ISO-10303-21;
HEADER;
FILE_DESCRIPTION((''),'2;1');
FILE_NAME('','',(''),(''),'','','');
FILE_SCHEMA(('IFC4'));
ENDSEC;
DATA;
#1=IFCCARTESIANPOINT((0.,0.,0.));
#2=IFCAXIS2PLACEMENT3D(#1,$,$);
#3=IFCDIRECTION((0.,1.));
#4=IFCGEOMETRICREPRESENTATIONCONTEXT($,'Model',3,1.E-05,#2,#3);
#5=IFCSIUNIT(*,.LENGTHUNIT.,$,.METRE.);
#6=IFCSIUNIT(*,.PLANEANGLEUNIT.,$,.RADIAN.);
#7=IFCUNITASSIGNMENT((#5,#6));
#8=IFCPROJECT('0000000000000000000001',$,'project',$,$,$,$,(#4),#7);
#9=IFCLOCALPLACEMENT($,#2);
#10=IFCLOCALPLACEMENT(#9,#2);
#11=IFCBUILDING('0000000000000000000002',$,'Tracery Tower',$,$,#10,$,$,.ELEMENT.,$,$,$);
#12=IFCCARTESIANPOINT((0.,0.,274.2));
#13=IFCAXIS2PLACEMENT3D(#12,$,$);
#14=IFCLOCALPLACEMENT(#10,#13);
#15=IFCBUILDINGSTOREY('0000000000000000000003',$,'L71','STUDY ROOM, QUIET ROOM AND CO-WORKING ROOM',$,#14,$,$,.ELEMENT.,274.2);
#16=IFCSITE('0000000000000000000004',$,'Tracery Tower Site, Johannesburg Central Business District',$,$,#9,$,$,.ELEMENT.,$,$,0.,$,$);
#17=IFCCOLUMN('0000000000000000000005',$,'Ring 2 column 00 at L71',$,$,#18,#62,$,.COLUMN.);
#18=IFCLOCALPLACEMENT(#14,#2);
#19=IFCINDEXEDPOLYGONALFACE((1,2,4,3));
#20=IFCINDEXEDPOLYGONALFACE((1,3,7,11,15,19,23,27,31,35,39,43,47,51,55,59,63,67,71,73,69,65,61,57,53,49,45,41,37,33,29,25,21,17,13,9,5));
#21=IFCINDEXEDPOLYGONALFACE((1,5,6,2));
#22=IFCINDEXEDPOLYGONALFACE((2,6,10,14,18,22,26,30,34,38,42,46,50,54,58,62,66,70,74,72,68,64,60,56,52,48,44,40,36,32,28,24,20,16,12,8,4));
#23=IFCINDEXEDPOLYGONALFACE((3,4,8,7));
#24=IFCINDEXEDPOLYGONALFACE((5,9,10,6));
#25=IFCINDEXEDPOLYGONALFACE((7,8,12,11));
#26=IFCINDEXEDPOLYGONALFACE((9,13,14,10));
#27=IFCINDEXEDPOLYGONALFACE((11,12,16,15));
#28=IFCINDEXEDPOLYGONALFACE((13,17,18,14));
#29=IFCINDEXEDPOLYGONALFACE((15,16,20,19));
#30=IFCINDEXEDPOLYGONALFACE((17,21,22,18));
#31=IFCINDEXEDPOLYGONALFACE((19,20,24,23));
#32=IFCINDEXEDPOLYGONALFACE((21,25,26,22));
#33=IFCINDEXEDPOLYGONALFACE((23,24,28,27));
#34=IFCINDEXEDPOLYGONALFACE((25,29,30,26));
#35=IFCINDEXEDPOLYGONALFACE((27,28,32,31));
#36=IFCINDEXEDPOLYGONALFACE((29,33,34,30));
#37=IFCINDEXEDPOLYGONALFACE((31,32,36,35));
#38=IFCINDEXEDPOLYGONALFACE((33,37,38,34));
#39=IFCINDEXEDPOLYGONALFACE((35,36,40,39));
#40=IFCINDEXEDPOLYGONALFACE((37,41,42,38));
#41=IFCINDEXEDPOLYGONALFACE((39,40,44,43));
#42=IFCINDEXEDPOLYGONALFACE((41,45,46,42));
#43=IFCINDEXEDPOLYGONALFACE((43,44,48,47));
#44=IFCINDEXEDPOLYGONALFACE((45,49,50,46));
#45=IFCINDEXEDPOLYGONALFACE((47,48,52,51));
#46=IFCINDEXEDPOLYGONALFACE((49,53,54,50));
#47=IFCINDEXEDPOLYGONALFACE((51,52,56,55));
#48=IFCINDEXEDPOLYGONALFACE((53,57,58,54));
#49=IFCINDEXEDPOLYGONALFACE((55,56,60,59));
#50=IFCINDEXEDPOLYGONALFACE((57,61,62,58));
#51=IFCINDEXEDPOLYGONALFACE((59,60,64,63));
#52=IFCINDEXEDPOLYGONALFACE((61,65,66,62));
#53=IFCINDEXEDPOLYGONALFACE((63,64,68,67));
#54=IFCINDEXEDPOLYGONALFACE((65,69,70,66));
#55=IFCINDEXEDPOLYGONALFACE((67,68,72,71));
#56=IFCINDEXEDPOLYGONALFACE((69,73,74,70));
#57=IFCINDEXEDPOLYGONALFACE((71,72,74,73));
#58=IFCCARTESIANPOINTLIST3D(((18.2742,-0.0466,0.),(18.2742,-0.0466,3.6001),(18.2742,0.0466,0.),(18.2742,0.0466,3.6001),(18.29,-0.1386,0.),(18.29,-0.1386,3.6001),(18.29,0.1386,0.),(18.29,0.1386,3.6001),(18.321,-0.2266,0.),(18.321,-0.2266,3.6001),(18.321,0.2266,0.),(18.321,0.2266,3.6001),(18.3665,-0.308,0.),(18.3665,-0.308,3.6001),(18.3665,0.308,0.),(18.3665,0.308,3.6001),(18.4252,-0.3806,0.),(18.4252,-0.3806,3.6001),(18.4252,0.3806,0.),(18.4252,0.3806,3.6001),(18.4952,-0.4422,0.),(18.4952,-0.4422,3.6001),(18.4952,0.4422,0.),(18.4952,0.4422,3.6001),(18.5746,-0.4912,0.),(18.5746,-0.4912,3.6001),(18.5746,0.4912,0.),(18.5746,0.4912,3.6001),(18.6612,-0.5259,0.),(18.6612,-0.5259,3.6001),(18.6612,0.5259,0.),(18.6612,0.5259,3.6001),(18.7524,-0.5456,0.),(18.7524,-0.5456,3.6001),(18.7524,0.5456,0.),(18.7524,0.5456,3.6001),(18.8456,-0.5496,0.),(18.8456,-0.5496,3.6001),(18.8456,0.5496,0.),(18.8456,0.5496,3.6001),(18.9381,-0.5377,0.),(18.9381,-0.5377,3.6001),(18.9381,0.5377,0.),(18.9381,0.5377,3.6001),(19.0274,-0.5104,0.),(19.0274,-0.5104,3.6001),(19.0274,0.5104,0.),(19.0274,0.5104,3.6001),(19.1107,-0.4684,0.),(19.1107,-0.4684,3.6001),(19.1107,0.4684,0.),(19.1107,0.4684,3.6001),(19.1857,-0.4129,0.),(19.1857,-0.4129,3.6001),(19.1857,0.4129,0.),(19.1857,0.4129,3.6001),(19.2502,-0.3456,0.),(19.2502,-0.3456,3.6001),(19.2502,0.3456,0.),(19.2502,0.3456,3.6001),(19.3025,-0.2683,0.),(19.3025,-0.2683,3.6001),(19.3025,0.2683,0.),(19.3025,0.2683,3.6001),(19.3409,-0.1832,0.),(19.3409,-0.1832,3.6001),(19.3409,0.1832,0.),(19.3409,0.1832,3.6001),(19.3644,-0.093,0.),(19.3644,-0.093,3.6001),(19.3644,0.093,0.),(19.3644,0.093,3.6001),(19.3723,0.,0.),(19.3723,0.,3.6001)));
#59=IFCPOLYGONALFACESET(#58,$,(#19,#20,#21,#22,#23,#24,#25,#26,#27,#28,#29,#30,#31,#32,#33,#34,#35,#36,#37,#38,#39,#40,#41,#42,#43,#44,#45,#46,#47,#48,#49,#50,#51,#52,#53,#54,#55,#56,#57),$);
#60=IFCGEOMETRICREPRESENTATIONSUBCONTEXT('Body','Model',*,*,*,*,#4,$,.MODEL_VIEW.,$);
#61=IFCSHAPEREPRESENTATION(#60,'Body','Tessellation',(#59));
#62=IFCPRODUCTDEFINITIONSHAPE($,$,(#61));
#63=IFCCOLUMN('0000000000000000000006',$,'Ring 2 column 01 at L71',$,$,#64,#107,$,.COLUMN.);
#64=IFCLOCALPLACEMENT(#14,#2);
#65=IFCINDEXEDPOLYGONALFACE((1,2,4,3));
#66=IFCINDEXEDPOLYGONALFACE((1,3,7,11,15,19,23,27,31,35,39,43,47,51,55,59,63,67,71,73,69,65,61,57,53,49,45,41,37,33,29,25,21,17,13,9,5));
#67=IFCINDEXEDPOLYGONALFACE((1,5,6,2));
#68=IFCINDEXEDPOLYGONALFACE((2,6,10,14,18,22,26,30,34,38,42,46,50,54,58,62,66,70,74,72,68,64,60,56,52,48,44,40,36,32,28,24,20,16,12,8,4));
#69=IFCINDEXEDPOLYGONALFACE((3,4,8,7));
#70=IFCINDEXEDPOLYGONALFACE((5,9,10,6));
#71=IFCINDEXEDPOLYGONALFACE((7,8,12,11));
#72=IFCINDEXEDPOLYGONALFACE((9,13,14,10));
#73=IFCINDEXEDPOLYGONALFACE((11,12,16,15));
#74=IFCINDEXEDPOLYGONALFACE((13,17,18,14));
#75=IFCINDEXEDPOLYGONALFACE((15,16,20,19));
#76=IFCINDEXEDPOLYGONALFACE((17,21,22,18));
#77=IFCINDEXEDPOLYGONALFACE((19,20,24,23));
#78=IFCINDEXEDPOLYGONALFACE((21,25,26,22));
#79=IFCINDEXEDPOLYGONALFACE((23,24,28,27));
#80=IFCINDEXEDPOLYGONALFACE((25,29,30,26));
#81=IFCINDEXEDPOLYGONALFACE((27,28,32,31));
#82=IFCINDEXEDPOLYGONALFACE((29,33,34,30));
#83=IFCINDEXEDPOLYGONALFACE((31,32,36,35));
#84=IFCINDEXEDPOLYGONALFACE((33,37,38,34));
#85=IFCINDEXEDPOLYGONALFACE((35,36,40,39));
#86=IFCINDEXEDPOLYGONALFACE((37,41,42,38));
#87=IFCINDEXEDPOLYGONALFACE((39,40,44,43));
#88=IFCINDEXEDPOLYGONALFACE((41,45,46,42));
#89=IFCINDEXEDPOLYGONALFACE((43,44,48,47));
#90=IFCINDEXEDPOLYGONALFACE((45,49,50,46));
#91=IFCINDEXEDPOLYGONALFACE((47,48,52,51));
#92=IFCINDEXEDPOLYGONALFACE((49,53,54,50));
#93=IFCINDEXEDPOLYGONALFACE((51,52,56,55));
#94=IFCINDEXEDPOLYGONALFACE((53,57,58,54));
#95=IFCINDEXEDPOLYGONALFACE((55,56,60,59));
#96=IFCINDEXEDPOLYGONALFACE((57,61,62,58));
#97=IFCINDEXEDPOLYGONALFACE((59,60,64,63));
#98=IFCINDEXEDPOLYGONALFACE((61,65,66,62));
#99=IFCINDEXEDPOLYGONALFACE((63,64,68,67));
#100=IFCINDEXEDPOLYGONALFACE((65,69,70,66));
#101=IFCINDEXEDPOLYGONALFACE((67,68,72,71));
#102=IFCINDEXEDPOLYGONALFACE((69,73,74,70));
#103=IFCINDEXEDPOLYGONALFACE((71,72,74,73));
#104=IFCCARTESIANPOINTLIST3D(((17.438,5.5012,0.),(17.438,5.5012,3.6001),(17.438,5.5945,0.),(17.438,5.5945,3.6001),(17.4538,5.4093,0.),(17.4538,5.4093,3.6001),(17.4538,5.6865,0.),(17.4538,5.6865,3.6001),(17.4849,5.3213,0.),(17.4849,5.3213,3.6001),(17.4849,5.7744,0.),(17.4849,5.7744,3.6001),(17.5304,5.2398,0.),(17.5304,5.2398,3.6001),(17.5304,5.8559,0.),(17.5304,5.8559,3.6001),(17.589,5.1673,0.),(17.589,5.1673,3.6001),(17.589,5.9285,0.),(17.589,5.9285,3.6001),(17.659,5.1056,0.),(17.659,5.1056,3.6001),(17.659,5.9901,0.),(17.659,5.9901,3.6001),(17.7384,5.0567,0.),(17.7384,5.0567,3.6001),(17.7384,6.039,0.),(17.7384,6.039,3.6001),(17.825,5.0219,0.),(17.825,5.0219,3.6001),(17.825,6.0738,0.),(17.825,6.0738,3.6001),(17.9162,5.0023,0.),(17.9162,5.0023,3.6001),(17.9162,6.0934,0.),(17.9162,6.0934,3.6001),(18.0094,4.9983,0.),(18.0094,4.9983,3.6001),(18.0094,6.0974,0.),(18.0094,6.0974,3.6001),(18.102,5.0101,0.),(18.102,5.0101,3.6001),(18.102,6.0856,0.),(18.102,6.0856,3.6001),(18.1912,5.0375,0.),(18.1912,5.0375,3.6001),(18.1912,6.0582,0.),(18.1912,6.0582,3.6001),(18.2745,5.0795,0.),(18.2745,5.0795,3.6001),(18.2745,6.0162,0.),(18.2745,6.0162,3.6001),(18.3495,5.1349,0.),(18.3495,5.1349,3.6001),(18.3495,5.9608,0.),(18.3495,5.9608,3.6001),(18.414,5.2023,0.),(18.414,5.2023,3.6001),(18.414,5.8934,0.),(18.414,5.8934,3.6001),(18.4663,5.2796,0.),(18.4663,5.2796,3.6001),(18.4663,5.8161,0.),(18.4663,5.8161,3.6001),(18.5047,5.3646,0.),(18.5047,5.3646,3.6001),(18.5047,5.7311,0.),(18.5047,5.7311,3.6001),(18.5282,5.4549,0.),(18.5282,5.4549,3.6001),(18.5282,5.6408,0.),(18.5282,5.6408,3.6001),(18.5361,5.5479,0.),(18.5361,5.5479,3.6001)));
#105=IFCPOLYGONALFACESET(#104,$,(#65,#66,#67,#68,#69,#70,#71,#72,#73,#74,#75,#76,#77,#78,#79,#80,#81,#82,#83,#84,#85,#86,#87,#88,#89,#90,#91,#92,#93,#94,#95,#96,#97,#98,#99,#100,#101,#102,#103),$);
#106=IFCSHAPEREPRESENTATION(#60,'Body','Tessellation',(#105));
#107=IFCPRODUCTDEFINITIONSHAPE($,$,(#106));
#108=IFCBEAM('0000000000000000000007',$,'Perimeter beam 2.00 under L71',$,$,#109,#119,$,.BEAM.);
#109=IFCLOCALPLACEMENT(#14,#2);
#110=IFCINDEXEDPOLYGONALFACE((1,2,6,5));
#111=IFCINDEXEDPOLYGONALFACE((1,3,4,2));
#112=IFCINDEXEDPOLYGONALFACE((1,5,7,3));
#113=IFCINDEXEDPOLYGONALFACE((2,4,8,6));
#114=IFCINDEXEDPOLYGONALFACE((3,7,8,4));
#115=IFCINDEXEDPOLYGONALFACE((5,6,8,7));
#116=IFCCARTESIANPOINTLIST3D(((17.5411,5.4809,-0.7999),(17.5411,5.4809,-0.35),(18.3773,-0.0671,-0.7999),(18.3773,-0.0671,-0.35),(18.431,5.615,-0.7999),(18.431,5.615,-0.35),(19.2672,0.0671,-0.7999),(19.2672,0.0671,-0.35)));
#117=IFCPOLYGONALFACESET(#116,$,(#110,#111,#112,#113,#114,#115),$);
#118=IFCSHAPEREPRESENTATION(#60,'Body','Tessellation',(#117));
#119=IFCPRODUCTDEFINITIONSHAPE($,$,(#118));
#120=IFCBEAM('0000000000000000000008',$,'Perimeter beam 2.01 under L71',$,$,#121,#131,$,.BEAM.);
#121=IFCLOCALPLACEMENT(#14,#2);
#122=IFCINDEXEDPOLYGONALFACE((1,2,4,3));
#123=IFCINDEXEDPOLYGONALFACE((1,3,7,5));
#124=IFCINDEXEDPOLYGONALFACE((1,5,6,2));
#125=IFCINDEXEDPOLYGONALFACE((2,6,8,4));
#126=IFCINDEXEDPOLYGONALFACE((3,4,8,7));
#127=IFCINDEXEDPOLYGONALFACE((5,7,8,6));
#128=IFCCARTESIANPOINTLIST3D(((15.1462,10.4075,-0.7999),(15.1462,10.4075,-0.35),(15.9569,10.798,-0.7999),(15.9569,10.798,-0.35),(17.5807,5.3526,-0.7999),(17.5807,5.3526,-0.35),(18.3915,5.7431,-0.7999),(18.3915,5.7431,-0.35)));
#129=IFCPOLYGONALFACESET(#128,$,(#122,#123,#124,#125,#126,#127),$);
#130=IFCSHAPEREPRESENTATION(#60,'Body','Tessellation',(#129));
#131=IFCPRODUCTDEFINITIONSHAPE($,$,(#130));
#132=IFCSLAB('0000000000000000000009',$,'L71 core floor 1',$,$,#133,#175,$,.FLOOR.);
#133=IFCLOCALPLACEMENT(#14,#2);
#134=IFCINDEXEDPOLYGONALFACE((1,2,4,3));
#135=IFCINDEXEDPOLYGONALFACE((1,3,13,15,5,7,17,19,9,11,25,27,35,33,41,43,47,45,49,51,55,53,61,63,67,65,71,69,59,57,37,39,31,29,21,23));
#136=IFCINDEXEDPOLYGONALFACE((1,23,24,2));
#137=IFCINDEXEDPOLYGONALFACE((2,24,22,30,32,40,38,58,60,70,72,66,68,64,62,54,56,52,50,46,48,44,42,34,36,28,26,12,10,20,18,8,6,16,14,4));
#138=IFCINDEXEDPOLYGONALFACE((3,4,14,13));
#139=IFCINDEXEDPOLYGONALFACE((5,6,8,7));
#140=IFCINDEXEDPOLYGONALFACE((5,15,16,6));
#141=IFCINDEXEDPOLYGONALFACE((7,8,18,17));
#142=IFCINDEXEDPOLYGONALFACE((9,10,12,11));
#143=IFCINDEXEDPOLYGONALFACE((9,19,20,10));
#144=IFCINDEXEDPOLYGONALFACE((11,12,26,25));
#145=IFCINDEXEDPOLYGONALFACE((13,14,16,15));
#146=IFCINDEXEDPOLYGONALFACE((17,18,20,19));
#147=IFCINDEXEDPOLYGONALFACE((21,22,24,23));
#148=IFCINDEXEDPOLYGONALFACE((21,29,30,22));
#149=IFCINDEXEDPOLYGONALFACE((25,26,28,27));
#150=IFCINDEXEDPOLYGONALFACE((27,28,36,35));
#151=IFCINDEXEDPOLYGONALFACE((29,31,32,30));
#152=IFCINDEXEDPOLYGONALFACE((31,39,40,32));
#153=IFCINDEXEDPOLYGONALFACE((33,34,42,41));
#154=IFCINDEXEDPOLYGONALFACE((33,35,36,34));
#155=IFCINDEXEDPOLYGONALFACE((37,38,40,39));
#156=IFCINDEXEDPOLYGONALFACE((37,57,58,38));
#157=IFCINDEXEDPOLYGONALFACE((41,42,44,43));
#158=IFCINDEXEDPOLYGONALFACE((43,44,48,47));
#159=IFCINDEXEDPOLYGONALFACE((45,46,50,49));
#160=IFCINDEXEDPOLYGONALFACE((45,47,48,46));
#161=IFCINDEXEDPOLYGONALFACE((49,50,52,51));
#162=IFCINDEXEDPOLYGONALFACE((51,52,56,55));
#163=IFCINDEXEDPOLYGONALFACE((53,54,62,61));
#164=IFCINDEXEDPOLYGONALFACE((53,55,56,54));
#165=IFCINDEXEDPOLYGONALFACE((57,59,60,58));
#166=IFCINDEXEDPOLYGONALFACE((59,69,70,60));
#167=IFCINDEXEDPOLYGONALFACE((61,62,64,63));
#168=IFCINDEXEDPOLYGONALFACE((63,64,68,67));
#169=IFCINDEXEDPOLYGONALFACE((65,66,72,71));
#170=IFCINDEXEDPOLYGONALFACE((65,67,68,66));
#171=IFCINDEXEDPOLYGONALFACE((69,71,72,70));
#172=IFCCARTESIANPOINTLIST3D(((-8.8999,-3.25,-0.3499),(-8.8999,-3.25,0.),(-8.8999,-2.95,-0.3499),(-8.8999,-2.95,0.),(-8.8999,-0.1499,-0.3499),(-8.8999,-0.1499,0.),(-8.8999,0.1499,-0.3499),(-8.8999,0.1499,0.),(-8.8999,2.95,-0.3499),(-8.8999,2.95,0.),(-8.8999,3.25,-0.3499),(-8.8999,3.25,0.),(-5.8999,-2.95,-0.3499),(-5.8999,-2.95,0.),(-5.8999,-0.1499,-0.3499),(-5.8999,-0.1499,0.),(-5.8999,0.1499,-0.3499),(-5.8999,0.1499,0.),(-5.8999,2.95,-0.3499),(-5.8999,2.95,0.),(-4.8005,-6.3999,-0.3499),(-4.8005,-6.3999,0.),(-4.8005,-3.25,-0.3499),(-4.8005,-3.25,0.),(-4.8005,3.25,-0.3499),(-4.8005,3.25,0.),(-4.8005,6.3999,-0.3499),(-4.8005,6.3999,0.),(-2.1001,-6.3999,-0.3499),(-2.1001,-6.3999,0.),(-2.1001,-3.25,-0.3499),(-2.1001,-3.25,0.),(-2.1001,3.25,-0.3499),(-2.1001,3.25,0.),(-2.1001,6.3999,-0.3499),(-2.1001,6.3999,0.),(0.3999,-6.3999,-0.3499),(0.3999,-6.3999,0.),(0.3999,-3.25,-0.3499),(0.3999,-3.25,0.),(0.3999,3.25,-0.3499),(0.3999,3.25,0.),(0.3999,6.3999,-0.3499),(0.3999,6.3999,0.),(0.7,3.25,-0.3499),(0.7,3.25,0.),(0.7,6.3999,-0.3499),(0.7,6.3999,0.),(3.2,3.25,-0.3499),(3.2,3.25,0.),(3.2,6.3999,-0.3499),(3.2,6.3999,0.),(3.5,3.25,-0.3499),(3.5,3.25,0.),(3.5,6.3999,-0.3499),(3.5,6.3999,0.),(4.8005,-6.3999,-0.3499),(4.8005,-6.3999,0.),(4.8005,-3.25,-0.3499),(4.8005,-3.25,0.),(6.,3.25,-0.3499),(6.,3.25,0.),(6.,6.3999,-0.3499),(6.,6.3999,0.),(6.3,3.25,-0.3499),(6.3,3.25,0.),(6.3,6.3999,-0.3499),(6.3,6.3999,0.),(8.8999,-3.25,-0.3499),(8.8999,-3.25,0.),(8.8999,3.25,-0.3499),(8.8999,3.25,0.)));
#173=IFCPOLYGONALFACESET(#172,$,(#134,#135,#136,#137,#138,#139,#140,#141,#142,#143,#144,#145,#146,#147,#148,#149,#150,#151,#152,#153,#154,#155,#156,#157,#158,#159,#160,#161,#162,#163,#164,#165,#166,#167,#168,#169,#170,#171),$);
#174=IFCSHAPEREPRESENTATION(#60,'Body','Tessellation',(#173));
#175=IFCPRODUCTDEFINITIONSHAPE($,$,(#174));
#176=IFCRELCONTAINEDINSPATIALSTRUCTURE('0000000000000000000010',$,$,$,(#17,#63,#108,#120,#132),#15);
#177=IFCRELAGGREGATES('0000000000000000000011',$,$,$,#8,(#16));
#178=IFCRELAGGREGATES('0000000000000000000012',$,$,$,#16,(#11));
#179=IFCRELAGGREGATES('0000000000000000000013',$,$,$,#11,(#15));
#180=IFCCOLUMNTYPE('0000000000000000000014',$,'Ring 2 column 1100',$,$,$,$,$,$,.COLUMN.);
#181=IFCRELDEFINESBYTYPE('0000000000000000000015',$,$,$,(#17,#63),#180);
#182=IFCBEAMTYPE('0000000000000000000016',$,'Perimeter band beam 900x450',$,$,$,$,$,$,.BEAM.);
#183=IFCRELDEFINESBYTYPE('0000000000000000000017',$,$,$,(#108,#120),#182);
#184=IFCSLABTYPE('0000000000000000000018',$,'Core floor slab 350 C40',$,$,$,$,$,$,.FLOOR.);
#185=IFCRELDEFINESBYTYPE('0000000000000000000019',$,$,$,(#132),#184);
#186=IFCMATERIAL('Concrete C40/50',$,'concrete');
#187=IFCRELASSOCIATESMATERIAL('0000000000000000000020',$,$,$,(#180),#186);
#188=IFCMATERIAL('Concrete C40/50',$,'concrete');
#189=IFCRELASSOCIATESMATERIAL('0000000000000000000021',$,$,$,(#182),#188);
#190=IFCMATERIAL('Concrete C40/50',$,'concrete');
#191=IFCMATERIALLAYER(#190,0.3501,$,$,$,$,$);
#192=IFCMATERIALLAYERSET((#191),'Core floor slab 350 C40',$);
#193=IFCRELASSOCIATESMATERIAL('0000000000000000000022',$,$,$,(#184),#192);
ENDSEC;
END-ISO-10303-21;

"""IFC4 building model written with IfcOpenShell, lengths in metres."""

from ifc_helpers import new_model, si_unit, direction, frame, origin, origin_2d, place, context, subcontext, project, spatial, polyline, rectangle, circle, outline, extrude, material, layer, layer_set, material_profile, profile_set, type_object, element, save


model = new_model("IFC4")

# Units and contexts
model_context = context("Model", 3, precision=1e-05, world=origin(), true_north=direction((0.0, 1.0)))
body_context = subcontext(model_context, "Body", "Model", "MODEL_VIEW")
ifc_project = project(units=[si_unit("LENGTHUNIT", "METRE"), si_unit("PLANEANGLEUNIT", "RADIAN")], contexts=[model_context])

# Site, building, storey
site_placement = place(None, origin())
site = spatial("IfcSite", under=ifc_project, at=site_placement, Name="Tracery Tower Site, Johannesburg Central Business District", CompositionType="ELEMENT", RefElevation=0.0)
building_placement = place(site_placement, origin())
building = spatial("IfcBuilding", under=site, at=building_placement, Name="Tracery Tower", CompositionType="ELEMENT")
storey_placement = place(building_placement, frame((0.0, 0.0, 274.2)))
storey = spatial("IfcBuildingStorey", under=building, at=storey_placement, Name="L71", Description="STUDY ROOM, QUIET ROOM AND CO-WORKING ROOM", CompositionType="ELEMENT", Elevation=274.2)

# Columns
ifc_material_1 = material(Name="Concrete C40/50", Category="concrete")
ifc_material_profile_1 = material_profile(ifc_material_1, circle(Radius=0.55, at=origin_2d()), Name="RC D1100")
ifc_profile_set_1 = profile_set([ifc_material_profile_1], Name="Concrete C40/50")
column_type = type_object("IfcColumnType", Name="Ring 2 column 1100", PredefinedType="COLUMN", material=ifc_profile_set_1)
for number, where, z_axis, x_axis, name in (
    (1, (18.8223, 0.0, 0.0), (0.0, 0.0, 1.0), (1.0, 0.0, 0.0), "Ring 2 column 00 at L71"),
    (2, (17.9861, 5.5479, 0.0), (0.0, 0.0, 1.0), (1.0, 0.0, 0.0), "Ring 2 column 01 at L71"),
):
    element("IfcColumn", number, at=place(storey_placement, frame(where, z_axis=z_axis, x_axis=x_axis)), inside=storey, type_object=column_type, Name=name, PredefinedType="COLUMN", context=body_context, shape_type="SweptSolid", body=[
        extrude(circle(Radius=0.55, at=origin_2d()), origin(), (0.0, 0.0, 1.0), 3.6001),
    ])

# Beams
ifc_material_2 = material(Name="Concrete C40/50", Category="concrete")
ifc_material_profile_2 = material_profile(ifc_material_2, rectangle(XDim=0.8999, YDim=0.45, at=origin_2d()), Name="RC 900x450")
ifc_profile_set_2 = profile_set([ifc_material_profile_2], Name="Concrete C40/50")
beam_type = type_object("IfcBeamType", Name="Perimeter band beam 900x450", PredefinedType="BEAM", material=ifc_profile_set_2)
for number, where, z_axis, x_axis, name in (
    (3, (18.8223, 0.0, -0.575), (-0.149038, 0.988831, 0.0), (-0.988831, -0.149038, 0.0), "Perimeter beam 2.00 under L71"),
    (4, (17.9861, 5.5479, -0.575), (-0.433919, 0.900952, 0.0), (-0.900952, -0.433919, 0.0), "Perimeter beam 2.01 under L71"),
):
    element("IfcBeam", number, at=place(storey_placement, frame(where, z_axis=z_axis, x_axis=x_axis)), inside=storey, type_object=beam_type, Name=name, PredefinedType="BEAM", context=body_context, shape_type="SweptSolid", body=[
        extrude(rectangle(XDim=0.8999, YDim=0.45, at=origin_2d()), origin(), (0.0, 0.0, 1.0), 5.6106),
    ])

# Slab
ifc_material_3 = material(Name="Concrete C40/50", Category="concrete")
ifc_layer_1 = layer(ifc_material_3, 0.3501)
ifc_layer_set_1 = layer_set([ifc_layer_1], Name="Core floor slab 350 C40")
slab_type_1 = type_object("IfcSlabType", Name="Core floor slab 350 C40", PredefinedType="FLOOR", material=ifc_layer_set_1)
slab_1_placement = place(storey_placement, frame((0.0, 0.0, -0.3499)))
element("IfcSlab", 5, at=slab_1_placement, inside=storey, type_object=slab_type_1, Name="L71 core floor 1", PredefinedType="FLOOR", context=body_context, shape_type="SweptSolid", body=[
    extrude(outline(polyline([(-4.8005, -3.25), (-8.8999, -3.25), (-8.8999, -2.95), (-5.8999, -2.95), (-5.8999, -0.1499), (-8.8999, -0.1499), (-8.8999, 0.1499), (-5.8999, 0.1499), (-5.8999, 2.95), (-8.8999, 2.95), (-8.8999, 3.25), (-4.8005, 3.25), (-4.8005, 6.3999), (-2.1001, 6.3999), (-2.1001, 3.25), (0.3999, 3.25), (0.3999, 6.3999), (0.7, 6.3999), (0.7, 3.25), (3.2, 3.25), (3.2, 6.3999), (3.5, 6.3999), (3.5, 3.25), (6.0, 3.25), (6.0, 6.3999), (6.3, 6.3999), (6.3, 3.25), (8.8999, 3.25), (8.8999, -3.25), (4.8005, -3.25), (4.8005, -6.3999), (0.3999, -6.3999), (0.3999, -3.25), (-2.1001, -3.25), (-2.1001, -6.3999), (-4.8005, -6.3999), (-4.8005, -3.25)])), origin(), (0.0, 0.0, 1.0), 0.3499),
])

save(model, "model.ifc")
